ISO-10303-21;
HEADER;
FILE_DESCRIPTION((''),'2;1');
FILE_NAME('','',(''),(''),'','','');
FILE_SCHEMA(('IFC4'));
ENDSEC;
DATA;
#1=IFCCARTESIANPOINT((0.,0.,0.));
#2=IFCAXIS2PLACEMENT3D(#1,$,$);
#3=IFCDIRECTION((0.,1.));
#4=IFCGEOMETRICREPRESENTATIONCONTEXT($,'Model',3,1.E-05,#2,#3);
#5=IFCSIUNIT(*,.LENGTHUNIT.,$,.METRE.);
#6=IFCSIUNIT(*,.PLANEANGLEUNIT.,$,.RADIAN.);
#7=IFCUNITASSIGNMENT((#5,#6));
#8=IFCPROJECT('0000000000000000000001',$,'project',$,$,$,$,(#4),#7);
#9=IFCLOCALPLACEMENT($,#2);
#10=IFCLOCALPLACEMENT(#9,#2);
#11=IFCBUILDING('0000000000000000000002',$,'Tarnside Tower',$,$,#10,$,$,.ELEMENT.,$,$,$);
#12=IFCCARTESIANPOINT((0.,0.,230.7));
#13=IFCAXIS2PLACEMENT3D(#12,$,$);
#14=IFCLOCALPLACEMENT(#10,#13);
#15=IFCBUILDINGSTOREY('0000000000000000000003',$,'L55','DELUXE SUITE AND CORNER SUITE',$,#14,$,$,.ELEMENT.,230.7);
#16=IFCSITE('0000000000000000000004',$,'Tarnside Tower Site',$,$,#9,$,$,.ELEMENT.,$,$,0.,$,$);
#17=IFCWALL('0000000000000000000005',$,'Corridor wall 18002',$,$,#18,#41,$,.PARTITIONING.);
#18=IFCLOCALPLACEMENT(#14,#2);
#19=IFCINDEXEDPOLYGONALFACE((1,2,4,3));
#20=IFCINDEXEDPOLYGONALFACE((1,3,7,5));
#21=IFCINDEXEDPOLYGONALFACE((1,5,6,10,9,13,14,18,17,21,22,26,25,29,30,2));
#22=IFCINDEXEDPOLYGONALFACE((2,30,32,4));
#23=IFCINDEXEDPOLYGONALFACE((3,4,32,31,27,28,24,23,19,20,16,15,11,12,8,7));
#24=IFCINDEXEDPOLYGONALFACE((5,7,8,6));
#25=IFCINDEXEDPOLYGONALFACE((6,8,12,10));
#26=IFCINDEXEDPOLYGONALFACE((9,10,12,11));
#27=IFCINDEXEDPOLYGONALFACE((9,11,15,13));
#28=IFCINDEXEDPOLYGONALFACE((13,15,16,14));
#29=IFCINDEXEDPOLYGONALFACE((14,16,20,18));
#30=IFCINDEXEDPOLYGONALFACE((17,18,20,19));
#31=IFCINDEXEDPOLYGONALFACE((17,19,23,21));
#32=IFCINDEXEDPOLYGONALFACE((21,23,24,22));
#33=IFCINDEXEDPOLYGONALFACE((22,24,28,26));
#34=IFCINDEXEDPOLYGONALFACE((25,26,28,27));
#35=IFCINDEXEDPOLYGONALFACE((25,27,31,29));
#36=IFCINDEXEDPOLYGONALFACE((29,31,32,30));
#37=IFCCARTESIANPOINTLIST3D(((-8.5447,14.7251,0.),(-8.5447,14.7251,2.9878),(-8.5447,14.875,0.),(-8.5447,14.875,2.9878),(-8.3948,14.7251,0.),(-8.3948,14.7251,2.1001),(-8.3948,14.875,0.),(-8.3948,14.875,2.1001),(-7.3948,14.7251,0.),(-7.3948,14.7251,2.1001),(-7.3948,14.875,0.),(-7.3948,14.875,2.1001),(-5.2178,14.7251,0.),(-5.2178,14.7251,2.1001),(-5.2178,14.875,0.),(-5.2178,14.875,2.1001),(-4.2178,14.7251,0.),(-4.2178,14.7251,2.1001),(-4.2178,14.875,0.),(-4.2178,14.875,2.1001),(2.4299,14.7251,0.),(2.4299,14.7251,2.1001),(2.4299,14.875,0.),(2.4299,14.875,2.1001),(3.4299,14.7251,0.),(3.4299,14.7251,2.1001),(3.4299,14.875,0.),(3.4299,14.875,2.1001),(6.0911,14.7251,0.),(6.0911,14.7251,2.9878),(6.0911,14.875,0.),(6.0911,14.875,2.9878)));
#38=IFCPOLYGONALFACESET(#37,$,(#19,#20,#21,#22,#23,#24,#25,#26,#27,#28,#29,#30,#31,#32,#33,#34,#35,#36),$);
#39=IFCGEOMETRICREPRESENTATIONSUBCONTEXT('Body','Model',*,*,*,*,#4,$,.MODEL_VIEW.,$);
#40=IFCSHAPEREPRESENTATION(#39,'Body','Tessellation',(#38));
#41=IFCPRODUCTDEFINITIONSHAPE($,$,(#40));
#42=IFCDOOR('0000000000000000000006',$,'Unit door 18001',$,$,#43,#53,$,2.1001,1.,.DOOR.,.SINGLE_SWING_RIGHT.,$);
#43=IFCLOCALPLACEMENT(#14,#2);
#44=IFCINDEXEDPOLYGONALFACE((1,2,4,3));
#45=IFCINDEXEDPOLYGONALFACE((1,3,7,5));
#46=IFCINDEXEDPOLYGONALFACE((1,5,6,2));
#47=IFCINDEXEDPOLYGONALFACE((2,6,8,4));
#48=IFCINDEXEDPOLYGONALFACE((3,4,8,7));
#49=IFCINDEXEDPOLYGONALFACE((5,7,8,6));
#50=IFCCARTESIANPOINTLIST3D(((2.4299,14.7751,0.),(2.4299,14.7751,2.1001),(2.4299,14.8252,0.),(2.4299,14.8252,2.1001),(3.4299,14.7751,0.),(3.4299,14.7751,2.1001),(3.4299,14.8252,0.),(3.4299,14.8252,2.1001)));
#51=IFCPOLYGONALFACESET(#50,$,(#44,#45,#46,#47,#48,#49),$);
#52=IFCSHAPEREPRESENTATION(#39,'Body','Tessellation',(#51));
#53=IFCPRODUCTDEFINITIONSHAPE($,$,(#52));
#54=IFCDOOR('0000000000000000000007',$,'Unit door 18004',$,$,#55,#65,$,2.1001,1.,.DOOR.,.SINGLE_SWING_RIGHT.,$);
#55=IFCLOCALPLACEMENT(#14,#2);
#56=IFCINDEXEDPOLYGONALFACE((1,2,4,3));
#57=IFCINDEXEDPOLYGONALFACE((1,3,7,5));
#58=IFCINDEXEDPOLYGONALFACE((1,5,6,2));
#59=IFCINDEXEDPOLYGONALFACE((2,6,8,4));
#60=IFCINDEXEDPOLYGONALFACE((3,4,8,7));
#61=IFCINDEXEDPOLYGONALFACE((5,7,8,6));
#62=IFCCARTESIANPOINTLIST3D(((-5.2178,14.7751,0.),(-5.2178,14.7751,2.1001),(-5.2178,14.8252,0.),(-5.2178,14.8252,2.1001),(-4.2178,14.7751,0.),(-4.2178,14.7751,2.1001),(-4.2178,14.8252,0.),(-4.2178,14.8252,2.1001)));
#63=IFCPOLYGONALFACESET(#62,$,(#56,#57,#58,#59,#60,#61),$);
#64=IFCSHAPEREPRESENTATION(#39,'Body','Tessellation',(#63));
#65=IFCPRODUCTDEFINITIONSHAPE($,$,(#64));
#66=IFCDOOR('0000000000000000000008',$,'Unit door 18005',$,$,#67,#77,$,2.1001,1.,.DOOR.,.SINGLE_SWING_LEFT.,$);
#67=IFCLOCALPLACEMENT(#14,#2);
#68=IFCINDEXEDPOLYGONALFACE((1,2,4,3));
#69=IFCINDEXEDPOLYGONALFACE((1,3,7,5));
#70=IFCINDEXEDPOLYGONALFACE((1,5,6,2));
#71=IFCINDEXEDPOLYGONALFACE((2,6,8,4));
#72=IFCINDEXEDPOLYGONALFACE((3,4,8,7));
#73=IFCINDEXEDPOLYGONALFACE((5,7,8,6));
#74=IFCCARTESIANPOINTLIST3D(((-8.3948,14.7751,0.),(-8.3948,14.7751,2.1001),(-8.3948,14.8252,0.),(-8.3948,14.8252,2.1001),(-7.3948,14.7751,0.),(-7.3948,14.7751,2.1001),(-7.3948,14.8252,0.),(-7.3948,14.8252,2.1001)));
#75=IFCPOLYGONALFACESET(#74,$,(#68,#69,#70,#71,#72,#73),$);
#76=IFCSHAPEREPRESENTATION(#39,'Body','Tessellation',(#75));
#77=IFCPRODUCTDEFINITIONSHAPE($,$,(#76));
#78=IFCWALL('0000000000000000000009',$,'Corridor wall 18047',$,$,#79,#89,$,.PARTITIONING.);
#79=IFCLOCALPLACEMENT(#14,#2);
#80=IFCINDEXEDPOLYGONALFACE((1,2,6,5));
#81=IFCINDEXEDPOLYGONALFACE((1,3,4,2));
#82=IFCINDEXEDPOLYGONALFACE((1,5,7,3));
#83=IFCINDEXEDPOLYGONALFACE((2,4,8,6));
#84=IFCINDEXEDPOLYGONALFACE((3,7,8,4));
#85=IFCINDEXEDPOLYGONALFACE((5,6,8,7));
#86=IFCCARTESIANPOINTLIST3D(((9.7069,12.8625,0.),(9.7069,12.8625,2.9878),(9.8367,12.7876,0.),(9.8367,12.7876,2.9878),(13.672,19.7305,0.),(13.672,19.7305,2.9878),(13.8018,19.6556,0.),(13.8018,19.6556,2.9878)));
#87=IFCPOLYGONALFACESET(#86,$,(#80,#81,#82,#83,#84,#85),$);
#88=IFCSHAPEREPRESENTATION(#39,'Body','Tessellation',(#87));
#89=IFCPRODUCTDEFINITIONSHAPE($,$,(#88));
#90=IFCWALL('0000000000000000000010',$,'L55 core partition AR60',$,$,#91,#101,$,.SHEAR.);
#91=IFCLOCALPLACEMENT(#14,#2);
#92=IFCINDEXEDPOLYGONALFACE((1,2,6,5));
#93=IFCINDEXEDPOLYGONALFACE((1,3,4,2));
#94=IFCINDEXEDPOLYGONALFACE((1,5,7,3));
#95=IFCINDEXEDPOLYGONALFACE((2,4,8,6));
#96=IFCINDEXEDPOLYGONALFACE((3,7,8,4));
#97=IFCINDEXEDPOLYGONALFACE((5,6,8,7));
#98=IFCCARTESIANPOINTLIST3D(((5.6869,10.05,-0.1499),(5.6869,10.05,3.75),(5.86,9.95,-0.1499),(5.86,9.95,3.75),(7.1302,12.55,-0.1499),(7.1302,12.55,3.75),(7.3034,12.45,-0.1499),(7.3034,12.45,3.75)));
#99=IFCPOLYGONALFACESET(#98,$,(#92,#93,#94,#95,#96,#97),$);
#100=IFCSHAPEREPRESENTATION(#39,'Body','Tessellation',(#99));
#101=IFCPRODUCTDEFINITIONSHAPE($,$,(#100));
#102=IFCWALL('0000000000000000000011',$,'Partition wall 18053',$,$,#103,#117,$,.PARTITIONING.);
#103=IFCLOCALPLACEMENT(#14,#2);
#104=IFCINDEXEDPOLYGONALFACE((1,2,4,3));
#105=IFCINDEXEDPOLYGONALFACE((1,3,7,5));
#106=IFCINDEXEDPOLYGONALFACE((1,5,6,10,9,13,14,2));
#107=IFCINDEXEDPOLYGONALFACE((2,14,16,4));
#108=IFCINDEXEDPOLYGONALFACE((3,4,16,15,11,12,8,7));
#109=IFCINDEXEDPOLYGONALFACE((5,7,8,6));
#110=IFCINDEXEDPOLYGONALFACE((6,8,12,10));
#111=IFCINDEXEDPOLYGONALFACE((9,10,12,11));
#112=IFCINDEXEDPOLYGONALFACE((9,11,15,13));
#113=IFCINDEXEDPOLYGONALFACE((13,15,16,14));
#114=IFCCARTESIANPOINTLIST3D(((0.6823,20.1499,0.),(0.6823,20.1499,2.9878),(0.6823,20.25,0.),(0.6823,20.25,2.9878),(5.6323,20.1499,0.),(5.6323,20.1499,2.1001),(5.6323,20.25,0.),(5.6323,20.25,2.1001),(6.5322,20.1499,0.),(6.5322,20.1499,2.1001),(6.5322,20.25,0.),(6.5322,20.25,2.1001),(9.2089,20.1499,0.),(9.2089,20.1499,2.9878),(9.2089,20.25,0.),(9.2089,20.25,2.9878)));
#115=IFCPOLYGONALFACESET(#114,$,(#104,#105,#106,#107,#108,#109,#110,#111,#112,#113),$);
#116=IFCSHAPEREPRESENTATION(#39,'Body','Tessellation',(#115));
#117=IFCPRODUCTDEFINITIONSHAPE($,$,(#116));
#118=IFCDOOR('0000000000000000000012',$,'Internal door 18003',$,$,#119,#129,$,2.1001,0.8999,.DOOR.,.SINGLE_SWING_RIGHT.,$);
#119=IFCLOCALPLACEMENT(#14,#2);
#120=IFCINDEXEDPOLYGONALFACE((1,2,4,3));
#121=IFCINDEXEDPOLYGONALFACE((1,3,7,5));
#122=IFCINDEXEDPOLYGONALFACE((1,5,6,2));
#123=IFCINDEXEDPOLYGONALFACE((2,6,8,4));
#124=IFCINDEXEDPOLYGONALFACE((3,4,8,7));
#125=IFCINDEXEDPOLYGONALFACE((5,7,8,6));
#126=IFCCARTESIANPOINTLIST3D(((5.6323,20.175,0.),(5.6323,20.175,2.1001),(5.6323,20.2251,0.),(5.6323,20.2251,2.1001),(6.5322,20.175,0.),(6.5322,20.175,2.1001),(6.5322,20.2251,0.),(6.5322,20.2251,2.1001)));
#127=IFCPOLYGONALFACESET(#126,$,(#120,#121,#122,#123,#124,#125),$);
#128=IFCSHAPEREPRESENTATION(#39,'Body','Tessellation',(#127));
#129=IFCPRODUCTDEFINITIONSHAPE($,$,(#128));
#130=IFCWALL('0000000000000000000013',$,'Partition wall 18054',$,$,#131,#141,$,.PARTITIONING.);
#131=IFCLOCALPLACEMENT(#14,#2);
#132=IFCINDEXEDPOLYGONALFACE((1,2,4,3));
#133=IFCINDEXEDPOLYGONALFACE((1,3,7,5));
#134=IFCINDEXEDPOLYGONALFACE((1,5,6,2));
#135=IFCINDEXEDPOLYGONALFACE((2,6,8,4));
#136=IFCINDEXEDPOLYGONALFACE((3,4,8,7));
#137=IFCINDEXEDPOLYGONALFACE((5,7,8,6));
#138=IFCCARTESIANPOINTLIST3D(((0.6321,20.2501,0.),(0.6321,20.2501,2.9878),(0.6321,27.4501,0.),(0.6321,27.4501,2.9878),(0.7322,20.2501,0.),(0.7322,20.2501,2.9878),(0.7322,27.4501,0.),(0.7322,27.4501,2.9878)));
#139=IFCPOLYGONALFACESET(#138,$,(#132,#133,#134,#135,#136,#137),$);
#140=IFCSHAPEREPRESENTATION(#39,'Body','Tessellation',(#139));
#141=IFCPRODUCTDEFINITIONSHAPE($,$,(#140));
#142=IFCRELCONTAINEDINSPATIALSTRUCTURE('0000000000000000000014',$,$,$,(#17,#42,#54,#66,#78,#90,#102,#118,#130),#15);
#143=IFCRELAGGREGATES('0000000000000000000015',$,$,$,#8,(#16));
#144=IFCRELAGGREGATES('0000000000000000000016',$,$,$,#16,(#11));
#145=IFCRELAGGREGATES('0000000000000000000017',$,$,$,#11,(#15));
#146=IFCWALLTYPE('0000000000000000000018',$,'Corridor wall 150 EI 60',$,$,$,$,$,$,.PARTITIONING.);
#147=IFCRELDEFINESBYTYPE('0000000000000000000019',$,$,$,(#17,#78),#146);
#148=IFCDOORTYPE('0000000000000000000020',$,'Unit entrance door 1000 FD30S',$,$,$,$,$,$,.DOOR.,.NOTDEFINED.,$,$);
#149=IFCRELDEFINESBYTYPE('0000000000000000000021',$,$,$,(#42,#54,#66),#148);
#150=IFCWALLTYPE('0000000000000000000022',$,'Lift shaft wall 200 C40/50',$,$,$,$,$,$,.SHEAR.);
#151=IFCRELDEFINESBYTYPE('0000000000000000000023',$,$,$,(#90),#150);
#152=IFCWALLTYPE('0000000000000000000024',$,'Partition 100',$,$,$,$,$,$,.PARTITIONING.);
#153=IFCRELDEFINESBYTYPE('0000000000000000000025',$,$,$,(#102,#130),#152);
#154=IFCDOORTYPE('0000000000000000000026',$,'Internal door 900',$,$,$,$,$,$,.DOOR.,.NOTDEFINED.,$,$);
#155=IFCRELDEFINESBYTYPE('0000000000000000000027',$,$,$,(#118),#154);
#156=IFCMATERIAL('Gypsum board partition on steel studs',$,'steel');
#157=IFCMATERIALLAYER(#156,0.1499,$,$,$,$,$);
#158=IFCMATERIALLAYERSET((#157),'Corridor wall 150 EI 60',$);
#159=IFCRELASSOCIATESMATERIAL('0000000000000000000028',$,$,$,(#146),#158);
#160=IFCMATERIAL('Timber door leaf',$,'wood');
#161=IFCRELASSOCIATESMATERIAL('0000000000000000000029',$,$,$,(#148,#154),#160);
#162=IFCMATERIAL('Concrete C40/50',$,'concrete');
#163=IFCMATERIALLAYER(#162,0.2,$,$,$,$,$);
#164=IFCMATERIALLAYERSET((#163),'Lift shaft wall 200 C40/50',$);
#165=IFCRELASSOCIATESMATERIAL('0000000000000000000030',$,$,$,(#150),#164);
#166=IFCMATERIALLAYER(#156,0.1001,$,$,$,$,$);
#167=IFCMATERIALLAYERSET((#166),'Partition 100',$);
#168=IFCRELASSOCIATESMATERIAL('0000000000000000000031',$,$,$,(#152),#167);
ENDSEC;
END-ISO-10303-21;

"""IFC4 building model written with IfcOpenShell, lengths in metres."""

from ifc_helpers import new_model, si_unit, direction, frame, frame_2d, origin, place, context, subcontext, project, spatial, rectangle, extrude, material, layer, layer_set, type_object, element, fill, save


model = new_model("IFC4")

# Units and contexts
model_context = context("Model", 3, precision=1e-05, world=origin(), true_north=direction((0.0, 1.0)))
body_context = subcontext(model_context, "Body", "Model", "MODEL_VIEW")
ifc_project = project(units=[si_unit("LENGTHUNIT", "METRE"), si_unit("PLANEANGLEUNIT", "RADIAN")], contexts=[model_context])

# Site, building, storey
site_placement = place(None, origin())
site = spatial("IfcSite", under=ifc_project, at=site_placement, Name="Tarnside Tower Site", CompositionType="ELEMENT", RefElevation=0.0)
building_placement = place(site_placement, origin())
building = spatial("IfcBuilding", under=site, at=building_placement, Name="Tarnside Tower", CompositionType="ELEMENT")
storey_placement = place(building_placement, frame((0.0, 0.0, 230.7)))
storey = spatial("IfcBuildingStorey", under=building, at=storey_placement, Name="L55", Description="DELUXE SUITE AND CORNER SUITE", CompositionType="ELEMENT", Elevation=230.7)

# Shared definitions
ifc_material_1 = material(Name="Gypsum board partition on steel studs", Category="steel")
ifc_material_2 = material(Name="Timber door leaf", Category="wood")

# Shared definitions
ifc_layer_1 = layer(ifc_material_1, 0.1499)
ifc_layer_set_1 = layer_set([ifc_layer_1], Name="Corridor wall 150 EI 60")
wall_type_1 = type_object("IfcWallType", Name="Corridor wall 150 EI 60", PredefinedType="PARTITIONING", material=ifc_layer_set_1)

# Wall, openings, doors
wall_1_placement = place(storey_placement, frame((6.0911, 14.8, 0.0), z_axis=(0.0, 0.0, 1.0), x_axis=(-1.0, 0.0, 0.0)))
wall_1 = element("IfcWall", 1, at=wall_1_placement, inside=storey, type_object=wall_type_1, Name="Corridor wall 18002", PredefinedType="PARTITIONING", context=body_context, shape_type="SweptSolid", body=[
    extrude(rectangle(XDim=14.6357, YDim=0.1499, at=frame_2d((7.3179, 0.0))), origin(), (0.0, 0.0, 1.0), 2.9878),
])
opening_1_placement = place(wall_1_placement, frame((2.6611, 0.0, 0.0)))
opening_1 = element("IfcOpeningElement", 2, at=opening_1_placement, cuts=wall_1, PredefinedType="OPENING", context=body_context, shape_type="SweptSolid", body=[
    extrude(rectangle(XDim=1.0, YDim=2.1001, at=frame_2d((0.5, 1.05))), frame((0.0, 0.085, 0.0), z_axis=(0.0, -1.0, 0.0), x_axis=(1.0, 0.0, 0.0)), (0.0, 0.0, 1.0), 0.1699),
])
opening_2_placement = place(wall_1_placement, frame((10.3088, 0.0, 0.0)))
opening_2 = element("IfcOpeningElement", 3, at=opening_2_placement, cuts=wall_1, PredefinedType="OPENING", context=body_context, shape_type="SweptSolid", body=[
    extrude(rectangle(XDim=1.0, YDim=2.1001, at=frame_2d((0.5, 1.05))), frame((0.0, 0.085, 0.0), z_axis=(0.0, -1.0, 0.0), x_axis=(1.0, 0.0, 0.0)), (0.0, 0.0, 1.0), 0.1699),
])
opening_3_placement = place(wall_1_placement, frame((13.4858, 0.0, 0.0)))
opening_3 = element("IfcOpeningElement", 4, at=opening_3_placement, cuts=wall_1, PredefinedType="OPENING", context=body_context, shape_type="SweptSolid", body=[
    extrude(rectangle(XDim=1.0, YDim=2.1001, at=frame_2d((0.5, 1.05))), frame((0.0, 0.085, 0.0), z_axis=(0.0, -1.0, 0.0), x_axis=(1.0, 0.0, 0.0)), (0.0, 0.0, 1.0), 0.1699),
])
door_type_1 = type_object("IfcDoorType", Name="Unit entrance door 1000 FD30S", OperationType="NOTDEFINED", PredefinedType="DOOR", material=ifc_material_2)
door_1_placement = place(opening_1_placement, origin())
door_1 = element("IfcDoor", 5, at=door_1_placement, inside=storey, type_object=door_type_1, Name="Unit door 18001", OperationType="SINGLE_SWING_RIGHT", OverallHeight=2.1001, OverallWidth=1.0, PredefinedType="DOOR", context=body_context, shape_type="SweptSolid", body=[
    extrude(rectangle(XDim=1.0, YDim=2.1001, at=frame_2d((0.5, 1.05))), frame((0.0, 0.0249, 0.0), z_axis=(0.0, -1.0, 0.0), x_axis=(1.0, 0.0, 0.0)), (0.0, 0.0, 1.0), 0.05),
])
fill(opening_1, door_1)
door_2_placement = place(opening_2_placement, origin())
door_2 = element("IfcDoor", 6, at=door_2_placement, inside=storey, type_object=door_type_1, Name="Unit door 18004", OperationType="SINGLE_SWING_RIGHT", OverallHeight=2.1001, OverallWidth=1.0, PredefinedType="DOOR", context=body_context, shape_type="SweptSolid", body=[
    extrude(rectangle(XDim=1.0, YDim=2.1001, at=frame_2d((0.5, 1.05))), frame((0.0, 0.0249, 0.0), z_axis=(0.0, -1.0, 0.0), x_axis=(1.0, 0.0, 0.0)), (0.0, 0.0, 1.0), 0.05),
])
fill(opening_2, door_2)
door_3_placement = place(opening_3_placement, origin())
door_3 = element("IfcDoor", 7, at=door_3_placement, inside=storey, type_object=door_type_1, Name="Unit door 18005", OperationType="SINGLE_SWING_LEFT", OverallHeight=2.1001, OverallWidth=1.0, PredefinedType="DOOR", context=body_context, shape_type="SweptSolid", body=[
    extrude(rectangle(XDim=1.0, YDim=2.1001, at=frame_2d((0.5, 1.05))), frame((0.0, 0.0249, 0.0), z_axis=(0.0, -1.0, 0.0), x_axis=(1.0, 0.0, 0.0)), (0.0, 0.0, 1.0), 0.05),
])
fill(opening_3, door_3)

# Walls
wall_2_placement = place(storey_placement, frame((9.7717, 12.825, 0.0), z_axis=(0.0, 0.0, 1.0), x_axis=(0.49999, 0.866031, 0.0)))
element("IfcWall", 8, at=wall_2_placement, inside=storey, type_object=wall_type_1, Name="Corridor wall 18047", PredefinedType="PARTITIONING", context=body_context, shape_type="SweptSolid", body=[
    extrude(rectangle(XDim=7.9304, YDim=0.1499, at=frame_2d((3.9653, 0.0))), origin(), (0.0, 0.0, 1.0), 2.9878),
])
ifc_material_3 = material(Name="Concrete C40/50", Category="concrete")
ifc_layer_2 = layer(ifc_material_3, 0.2)
ifc_layer_set_2 = layer_set([ifc_layer_2], Name="Lift shaft wall 200 C40/50")
wall_type_2 = type_object("IfcWallType", Name="Lift shaft wall 200 C40/50", PredefinedType="SHEAR", material=ifc_layer_set_2)
wall_3_placement = place(storey_placement, frame((5.7734, 10.0, -0.1499), z_axis=(0.0, 0.0, 1.0), x_axis=(0.499996, 0.866028, 0.0)))
element("IfcWall", 9, at=wall_3_placement, inside=storey, type_object=wall_type_2, Name="L55 core partition AR60", PredefinedType="SHEAR", context=body_context, shape_type="SweptSolid", body=[
    extrude(rectangle(XDim=2.8867, YDim=0.2, at=frame_2d((1.4434, 0.0))), origin(), (0.0, 0.0, 1.0), 3.8999),
])

# Wall, opening, door
ifc_layer_3 = layer(ifc_material_1, 0.1001)
ifc_layer_set_3 = layer_set([ifc_layer_3], Name="Partition 100")
wall_type_3 = type_object("IfcWallType", Name="Partition 100", PredefinedType="PARTITIONING", material=ifc_layer_set_3)
wall_4_placement = place(storey_placement, frame((9.2087, 20.2, 0.0), z_axis=(0.0, 0.0, 1.0), x_axis=(-1.0, 0.0, 0.0)))
wall_4 = element("IfcWall", 10, at=wall_4_placement, inside=storey, type_object=wall_type_3, Name="Partition wall 18053", PredefinedType="PARTITIONING", context=body_context, shape_type="SweptSolid", body=[
    extrude(rectangle(XDim=8.5266, YDim=0.1001, at=frame_2d((4.2632, 0.0))), origin(), (0.0, 0.0, 1.0), 2.9878),
])
opening_4_placement = place(wall_4_placement, frame((2.6765, 0.0, 0.0)))
opening_4 = element("IfcOpeningElement", 11, at=opening_4_placement, cuts=wall_4, PredefinedType="OPENING", context=body_context, shape_type="SweptSolid", body=[
    extrude(rectangle(XDim=0.8999, YDim=2.1001, at=frame_2d((0.45, 1.05))), frame((0.0, 0.0601, 0.0), z_axis=(0.0, -1.0, 0.0), x_axis=(1.0, 0.0, 0.0)), (0.0, 0.0, 1.0), 0.1201),
])
door_type_2 = type_object("IfcDoorType", Name="Internal door 900", OperationType="NOTDEFINED", PredefinedType="DOOR", material=ifc_material_2)
door_4_placement = place(opening_4_placement, origin())
door_4 = element("IfcDoor", 12, at=door_4_placement, inside=storey, type_object=door_type_2, Name="Internal door 18003", OperationType="SINGLE_SWING_RIGHT", OverallHeight=2.1001, OverallWidth=0.8999, PredefinedType="DOOR", context=body_context, shape_type="SweptSolid", body=[
    extrude(rectangle(XDim=0.8999, YDim=2.1001, at=frame_2d((0.45, 1.05))), frame((0.0, 0.0249, 0.0), z_axis=(0.0, -1.0, 0.0), x_axis=(1.0, 0.0, 0.0)), (0.0, 0.0, 1.0), 0.05),
])
fill(opening_4, door_4)

# Wall
wall_5_placement = place(storey_placement, frame((0.6821, 20.25, 0.0), z_axis=(0.0, 0.0, 1.0), x_axis=(0.0, 1.0, 0.0)))
element("IfcWall", 13, at=wall_5_placement, inside=storey, type_object=wall_type_3, Name="Partition wall 18054", PredefinedType="PARTITIONING", context=body_context, shape_type="SweptSolid", body=[
    extrude(rectangle(XDim=7.2, YDim=0.1001, at=frame_2d((3.6001, 0.0))), origin(), (0.0, 0.0, 1.0), 2.9878),
])

save(model, "model.ifc")
